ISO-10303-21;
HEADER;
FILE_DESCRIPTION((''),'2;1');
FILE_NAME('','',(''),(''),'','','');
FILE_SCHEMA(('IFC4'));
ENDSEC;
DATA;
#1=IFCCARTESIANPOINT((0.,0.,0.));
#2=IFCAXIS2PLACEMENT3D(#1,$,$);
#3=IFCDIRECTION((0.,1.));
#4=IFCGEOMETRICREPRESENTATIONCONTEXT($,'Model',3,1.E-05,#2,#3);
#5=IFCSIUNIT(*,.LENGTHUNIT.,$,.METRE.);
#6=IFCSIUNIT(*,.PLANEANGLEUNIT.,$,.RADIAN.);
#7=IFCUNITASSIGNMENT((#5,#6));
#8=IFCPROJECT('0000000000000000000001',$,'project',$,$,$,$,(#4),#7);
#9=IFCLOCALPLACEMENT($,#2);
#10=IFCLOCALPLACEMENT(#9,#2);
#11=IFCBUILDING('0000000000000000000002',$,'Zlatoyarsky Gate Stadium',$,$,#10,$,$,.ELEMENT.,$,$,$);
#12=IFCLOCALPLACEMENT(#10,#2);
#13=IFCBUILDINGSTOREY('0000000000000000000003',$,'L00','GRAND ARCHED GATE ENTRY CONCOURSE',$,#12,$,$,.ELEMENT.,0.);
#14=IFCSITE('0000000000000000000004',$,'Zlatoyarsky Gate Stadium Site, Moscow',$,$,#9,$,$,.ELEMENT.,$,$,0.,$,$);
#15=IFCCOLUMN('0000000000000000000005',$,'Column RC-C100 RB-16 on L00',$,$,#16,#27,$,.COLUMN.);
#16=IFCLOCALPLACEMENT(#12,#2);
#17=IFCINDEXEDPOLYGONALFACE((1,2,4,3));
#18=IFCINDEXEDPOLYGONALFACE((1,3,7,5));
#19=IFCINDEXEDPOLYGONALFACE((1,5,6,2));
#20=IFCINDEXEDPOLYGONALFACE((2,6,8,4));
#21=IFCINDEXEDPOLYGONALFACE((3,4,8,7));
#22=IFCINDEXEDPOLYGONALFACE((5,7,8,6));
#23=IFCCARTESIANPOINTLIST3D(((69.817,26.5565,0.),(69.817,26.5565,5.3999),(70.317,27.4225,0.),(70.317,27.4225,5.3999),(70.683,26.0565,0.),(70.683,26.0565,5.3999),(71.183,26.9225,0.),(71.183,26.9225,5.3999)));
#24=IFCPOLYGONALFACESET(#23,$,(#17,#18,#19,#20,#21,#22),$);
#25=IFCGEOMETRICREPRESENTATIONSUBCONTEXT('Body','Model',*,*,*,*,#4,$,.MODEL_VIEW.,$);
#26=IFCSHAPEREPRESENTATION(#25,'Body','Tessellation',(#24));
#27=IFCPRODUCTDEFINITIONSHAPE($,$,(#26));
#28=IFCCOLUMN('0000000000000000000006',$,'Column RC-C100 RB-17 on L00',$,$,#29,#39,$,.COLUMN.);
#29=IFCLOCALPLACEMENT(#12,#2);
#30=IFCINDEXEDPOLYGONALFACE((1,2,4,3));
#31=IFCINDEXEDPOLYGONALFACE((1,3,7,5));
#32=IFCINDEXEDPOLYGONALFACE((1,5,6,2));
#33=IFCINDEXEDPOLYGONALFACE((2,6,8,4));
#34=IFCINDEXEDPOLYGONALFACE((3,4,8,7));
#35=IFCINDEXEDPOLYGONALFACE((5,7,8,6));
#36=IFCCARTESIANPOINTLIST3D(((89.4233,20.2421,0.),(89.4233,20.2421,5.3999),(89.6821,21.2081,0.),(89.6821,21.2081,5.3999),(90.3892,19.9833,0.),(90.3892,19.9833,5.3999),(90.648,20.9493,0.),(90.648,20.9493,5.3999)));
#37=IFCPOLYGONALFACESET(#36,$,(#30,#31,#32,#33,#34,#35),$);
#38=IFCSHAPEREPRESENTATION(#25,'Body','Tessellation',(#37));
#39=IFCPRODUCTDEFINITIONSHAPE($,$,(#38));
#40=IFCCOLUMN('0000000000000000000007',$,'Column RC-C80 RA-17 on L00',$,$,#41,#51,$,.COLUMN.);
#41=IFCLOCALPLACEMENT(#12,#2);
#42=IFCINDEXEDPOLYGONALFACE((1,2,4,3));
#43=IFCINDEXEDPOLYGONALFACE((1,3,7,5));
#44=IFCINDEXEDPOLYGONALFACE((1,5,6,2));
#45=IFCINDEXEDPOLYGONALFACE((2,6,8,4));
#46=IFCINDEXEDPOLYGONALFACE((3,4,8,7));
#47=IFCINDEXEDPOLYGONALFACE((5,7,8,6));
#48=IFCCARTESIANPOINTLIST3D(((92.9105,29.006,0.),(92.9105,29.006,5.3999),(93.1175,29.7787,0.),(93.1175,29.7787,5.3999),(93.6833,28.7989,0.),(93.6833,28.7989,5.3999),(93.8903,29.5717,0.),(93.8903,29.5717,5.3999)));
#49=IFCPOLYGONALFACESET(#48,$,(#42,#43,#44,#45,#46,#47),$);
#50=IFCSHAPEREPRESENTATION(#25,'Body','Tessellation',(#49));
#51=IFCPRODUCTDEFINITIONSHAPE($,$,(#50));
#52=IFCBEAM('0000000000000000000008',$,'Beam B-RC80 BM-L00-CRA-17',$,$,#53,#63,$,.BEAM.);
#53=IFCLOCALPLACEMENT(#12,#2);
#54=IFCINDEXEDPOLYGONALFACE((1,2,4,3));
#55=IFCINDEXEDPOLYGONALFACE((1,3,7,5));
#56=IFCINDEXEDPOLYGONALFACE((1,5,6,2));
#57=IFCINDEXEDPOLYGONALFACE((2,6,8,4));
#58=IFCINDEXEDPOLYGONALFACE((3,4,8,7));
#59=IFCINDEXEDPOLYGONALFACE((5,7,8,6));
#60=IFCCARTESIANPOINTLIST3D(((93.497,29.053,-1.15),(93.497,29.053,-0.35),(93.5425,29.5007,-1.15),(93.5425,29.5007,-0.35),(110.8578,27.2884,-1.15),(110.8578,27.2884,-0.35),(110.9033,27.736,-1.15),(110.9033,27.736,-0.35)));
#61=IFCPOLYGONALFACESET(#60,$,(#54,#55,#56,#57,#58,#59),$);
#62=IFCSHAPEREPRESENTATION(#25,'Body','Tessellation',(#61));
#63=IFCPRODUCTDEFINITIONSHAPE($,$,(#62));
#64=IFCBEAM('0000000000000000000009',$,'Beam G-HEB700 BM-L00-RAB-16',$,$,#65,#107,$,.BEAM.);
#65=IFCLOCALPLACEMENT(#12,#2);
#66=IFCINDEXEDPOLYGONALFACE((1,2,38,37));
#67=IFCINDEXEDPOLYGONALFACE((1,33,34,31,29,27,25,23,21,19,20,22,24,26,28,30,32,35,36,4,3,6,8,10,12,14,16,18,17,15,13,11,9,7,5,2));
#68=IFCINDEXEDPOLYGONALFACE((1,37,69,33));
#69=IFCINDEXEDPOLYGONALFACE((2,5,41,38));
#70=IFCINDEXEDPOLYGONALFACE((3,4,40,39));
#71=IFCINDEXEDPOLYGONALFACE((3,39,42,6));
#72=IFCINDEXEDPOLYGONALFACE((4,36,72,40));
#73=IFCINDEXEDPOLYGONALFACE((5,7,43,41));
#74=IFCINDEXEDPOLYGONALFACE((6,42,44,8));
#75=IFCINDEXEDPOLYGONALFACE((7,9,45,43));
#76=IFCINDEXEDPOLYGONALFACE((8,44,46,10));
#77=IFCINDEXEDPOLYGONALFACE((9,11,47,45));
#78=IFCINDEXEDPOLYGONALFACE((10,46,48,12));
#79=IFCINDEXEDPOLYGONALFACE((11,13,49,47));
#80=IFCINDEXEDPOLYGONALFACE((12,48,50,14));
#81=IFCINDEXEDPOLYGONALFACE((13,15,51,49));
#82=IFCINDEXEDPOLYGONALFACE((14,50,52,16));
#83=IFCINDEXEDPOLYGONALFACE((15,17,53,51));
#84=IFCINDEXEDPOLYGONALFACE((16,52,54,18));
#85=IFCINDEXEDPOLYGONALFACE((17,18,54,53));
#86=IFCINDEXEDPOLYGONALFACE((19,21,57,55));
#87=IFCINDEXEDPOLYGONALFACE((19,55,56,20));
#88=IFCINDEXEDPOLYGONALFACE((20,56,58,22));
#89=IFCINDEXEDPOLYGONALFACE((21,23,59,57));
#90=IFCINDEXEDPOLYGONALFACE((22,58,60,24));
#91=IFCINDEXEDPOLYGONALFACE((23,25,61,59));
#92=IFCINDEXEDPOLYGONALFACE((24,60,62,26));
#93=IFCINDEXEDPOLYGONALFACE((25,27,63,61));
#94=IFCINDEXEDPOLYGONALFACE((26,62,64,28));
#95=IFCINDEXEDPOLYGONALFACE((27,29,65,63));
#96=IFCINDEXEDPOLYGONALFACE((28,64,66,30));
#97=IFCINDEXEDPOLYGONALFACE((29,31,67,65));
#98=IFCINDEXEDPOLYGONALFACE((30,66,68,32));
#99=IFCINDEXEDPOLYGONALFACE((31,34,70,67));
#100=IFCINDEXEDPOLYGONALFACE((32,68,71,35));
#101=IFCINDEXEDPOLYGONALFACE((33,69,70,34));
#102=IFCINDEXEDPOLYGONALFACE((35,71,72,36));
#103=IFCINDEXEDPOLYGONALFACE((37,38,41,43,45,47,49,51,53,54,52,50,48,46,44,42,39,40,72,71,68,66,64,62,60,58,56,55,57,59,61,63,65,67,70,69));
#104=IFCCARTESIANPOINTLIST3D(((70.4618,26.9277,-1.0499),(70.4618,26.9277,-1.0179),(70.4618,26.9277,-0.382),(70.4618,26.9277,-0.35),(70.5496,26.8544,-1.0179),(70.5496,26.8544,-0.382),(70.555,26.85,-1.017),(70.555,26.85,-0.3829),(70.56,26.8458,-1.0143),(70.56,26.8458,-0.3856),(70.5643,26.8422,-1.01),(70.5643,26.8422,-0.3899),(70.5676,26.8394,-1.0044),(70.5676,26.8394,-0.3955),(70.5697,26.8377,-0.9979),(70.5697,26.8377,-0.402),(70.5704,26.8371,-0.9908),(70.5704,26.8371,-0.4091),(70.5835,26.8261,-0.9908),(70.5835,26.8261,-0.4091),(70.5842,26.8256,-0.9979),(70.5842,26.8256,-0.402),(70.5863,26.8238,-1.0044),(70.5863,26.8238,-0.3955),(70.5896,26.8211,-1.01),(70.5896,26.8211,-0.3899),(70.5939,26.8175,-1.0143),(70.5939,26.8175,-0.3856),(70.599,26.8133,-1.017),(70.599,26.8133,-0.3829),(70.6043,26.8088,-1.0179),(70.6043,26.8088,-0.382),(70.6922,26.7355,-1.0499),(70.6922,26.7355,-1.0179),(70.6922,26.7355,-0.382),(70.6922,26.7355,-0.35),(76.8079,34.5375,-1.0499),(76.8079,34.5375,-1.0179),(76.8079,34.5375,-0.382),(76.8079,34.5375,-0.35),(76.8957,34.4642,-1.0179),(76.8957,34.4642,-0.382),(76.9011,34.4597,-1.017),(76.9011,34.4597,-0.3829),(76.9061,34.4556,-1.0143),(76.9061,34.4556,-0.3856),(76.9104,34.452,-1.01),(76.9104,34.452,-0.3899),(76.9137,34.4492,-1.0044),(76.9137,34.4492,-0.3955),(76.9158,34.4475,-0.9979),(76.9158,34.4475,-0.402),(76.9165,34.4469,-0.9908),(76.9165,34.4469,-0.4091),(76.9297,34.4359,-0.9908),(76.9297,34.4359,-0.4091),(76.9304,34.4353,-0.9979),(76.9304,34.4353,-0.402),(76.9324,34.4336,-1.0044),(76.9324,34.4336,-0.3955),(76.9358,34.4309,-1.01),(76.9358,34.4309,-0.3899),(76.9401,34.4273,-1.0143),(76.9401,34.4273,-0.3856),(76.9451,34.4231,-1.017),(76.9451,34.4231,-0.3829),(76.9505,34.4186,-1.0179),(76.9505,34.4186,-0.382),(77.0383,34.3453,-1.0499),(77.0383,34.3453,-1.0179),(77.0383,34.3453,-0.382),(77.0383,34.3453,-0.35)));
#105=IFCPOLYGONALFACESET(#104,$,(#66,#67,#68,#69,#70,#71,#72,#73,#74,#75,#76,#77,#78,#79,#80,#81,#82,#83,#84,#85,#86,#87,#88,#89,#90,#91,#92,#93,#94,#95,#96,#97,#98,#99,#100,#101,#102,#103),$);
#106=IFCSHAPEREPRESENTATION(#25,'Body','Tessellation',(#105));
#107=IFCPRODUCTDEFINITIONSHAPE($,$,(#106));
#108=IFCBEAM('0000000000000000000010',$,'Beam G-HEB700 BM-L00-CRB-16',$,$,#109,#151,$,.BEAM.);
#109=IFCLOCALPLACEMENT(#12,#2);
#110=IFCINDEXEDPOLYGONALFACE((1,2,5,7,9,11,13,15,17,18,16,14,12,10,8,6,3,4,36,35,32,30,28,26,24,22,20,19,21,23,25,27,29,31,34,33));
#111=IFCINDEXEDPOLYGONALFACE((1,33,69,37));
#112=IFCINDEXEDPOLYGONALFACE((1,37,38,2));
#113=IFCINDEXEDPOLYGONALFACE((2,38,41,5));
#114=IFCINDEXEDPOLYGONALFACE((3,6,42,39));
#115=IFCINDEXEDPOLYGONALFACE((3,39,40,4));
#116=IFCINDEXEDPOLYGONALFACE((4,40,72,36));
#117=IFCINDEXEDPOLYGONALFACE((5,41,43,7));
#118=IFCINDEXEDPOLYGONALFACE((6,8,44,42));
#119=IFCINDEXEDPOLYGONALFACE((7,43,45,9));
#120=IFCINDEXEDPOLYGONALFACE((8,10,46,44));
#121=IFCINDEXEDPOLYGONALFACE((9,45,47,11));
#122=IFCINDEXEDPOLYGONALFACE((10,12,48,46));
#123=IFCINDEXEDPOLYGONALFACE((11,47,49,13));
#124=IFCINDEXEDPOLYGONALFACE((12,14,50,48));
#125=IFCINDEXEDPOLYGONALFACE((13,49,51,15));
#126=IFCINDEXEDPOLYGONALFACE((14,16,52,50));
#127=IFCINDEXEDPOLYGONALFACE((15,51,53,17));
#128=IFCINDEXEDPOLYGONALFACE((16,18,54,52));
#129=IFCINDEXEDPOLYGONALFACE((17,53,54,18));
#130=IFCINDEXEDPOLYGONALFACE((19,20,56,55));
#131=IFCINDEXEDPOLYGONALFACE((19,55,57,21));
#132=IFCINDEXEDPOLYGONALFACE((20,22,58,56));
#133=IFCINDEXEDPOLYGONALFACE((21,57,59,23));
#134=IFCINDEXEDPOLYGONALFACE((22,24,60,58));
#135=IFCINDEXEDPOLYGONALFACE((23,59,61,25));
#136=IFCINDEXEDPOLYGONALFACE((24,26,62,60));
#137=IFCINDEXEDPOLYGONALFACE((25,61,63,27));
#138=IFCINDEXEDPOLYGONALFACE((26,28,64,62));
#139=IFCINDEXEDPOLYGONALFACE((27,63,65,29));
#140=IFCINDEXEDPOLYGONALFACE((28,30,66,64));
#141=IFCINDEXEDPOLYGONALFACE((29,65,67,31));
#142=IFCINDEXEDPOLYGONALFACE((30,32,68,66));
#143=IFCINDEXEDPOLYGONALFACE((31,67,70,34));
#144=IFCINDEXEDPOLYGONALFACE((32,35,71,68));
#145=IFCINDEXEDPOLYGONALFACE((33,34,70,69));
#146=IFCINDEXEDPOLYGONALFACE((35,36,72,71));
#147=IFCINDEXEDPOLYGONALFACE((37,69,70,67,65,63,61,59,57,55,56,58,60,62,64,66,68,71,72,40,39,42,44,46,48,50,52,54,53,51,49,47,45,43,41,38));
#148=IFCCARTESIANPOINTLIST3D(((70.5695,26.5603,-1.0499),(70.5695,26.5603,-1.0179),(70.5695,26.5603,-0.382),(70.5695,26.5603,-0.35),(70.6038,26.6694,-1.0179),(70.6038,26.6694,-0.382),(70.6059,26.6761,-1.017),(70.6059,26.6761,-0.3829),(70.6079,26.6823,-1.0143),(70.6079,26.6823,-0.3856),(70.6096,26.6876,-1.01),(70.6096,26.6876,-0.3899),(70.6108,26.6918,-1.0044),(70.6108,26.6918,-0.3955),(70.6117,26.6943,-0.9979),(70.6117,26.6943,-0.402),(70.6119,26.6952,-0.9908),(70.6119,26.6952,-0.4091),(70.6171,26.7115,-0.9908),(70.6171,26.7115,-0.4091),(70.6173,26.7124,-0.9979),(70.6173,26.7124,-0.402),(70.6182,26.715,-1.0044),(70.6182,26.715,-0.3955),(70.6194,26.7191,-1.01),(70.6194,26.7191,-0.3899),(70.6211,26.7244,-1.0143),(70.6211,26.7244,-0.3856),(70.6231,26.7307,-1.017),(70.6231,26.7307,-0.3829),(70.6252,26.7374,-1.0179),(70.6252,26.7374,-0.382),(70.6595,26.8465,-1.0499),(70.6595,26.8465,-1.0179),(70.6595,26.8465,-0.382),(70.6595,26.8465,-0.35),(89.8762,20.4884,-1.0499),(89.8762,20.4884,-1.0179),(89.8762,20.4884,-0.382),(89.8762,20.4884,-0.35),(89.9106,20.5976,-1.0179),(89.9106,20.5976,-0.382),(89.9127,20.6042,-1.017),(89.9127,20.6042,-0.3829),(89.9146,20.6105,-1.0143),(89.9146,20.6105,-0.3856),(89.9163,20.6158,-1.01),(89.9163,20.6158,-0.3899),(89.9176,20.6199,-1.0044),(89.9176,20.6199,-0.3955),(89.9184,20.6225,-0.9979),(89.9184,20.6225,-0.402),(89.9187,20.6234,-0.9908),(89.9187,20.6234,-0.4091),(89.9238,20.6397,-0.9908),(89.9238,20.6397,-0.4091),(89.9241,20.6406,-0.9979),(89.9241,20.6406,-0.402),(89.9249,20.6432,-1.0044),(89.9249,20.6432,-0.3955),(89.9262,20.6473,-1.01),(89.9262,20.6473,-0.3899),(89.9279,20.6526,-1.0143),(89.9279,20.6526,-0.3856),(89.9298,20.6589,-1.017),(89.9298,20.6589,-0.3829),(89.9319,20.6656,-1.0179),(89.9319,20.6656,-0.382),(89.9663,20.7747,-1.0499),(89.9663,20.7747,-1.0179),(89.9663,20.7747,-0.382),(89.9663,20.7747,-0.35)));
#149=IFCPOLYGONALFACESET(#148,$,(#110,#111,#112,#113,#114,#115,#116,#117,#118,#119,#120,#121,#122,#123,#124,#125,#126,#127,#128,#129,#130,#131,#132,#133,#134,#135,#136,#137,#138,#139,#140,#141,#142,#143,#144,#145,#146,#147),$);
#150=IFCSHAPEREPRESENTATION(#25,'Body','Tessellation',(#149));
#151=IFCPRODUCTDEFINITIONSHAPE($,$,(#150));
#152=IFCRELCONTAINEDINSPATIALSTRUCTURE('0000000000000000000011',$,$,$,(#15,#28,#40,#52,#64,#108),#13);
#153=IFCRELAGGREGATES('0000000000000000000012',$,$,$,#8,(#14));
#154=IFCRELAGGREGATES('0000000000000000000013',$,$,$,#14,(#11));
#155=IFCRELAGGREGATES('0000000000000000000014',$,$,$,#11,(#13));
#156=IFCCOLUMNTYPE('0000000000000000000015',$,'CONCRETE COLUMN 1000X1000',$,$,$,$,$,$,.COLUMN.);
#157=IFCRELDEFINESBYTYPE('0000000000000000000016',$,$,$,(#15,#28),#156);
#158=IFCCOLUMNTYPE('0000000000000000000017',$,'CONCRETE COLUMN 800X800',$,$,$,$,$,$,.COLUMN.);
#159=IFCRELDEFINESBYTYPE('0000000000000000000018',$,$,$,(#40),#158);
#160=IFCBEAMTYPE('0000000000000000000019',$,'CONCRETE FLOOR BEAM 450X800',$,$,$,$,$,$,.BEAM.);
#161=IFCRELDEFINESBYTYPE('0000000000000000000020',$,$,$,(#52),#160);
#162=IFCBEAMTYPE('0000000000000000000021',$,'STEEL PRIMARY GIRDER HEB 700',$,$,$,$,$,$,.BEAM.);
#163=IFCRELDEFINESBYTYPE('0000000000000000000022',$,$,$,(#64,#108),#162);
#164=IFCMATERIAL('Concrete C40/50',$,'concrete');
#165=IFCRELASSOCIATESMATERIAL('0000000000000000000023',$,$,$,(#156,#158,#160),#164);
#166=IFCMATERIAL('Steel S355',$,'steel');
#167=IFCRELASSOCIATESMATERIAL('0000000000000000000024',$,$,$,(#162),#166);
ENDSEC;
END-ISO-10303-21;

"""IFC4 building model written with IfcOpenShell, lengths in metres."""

from ifc_helpers import new_model, si_unit, direction, frame, origin, origin_2d, place, context, subcontext, project, spatial, rectangle, i_section, extrude, material, material_profile, profile_set, type_object, element, save


model = new_model("IFC4")

# Units and contexts
model_context = context("Model", 3, precision=1e-05, world=origin(), true_north=direction((0.0, 1.0)))
body_context = subcontext(model_context, "Body", "Model", "MODEL_VIEW")
ifc_project = project(units=[si_unit("LENGTHUNIT", "METRE"), si_unit("PLANEANGLEUNIT", "RADIAN")], contexts=[model_context])

# Site, building, storey
site_placement = place(None, origin())
site = spatial("IfcSite", under=ifc_project, at=site_placement, Name="Zlatoyarsky Gate Stadium Site, Moscow", CompositionType="ELEMENT", RefElevation=0.0)
building_placement = place(site_placement, origin())
building = spatial("IfcBuilding", under=site, at=building_placement, Name="Zlatoyarsky Gate Stadium", CompositionType="ELEMENT")
storey_placement = place(building_placement, origin())
storey = spatial("IfcBuildingStorey", under=building, at=storey_placement, Name="L00", Description="GRAND ARCHED GATE ENTRY CONCOURSE", CompositionType="ELEMENT", Elevation=0.0)

# Columns
ifc_material_1 = material(Name="Concrete C40/50", Category="concrete")
ifc_material_profile_1 = material_profile(ifc_material_1, rectangle(XDim=1.0, YDim=1.0, at=origin_2d()), Name="RC COL 1000X1000")
ifc_profile_set_1 = profile_set([ifc_material_profile_1], Name="Concrete C40/50")
column_type_1 = type_object("IfcColumnType", Name="CONCRETE COLUMN 1000X1000", PredefinedType="COLUMN", material=ifc_profile_set_1)
for number, where, z_axis, x_axis, name in (
    (1, (70.5, 26.7395, 0.0), (0.0, 0.0, 1.0), (-0.5, -0.866025, 0.0), "Column RC-C100 RB-16 on L00"),
    (2, (90.0356, 20.5957, 0.0), (0.0, 0.0, 1.0), (-0.258819, -0.965926, 0.0), "Column RC-C100 RB-17 on L00"),
):
    element("IfcColumn", number, at=place(storey_placement, frame(where, z_axis=z_axis, x_axis=x_axis)), inside=storey, type_object=column_type_1, Name=name, PredefinedType="COLUMN", context=body_context, shape_type="SweptSolid", body=[
        extrude(rectangle(XDim=1.0, YDim=1.0, at=origin_2d()), origin(), (0.0, 0.0, 1.0), 5.3999),
    ])
ifc_material_profile_2 = material_profile(ifc_material_1, rectangle(XDim=0.8, YDim=0.8, at=origin_2d()), Name="RC COL 800X800")
ifc_profile_set_2 = profile_set([ifc_material_profile_2], Name="Concrete C40/50")
column_type_2 = type_object("IfcColumnType", Name="CONCRETE COLUMN 800X800", PredefinedType="COLUMN", material=ifc_profile_set_2)
column_placement = place(storey_placement, frame((93.4004, 29.2888, 0.0), z_axis=(0.0, 0.0, 1.0), x_axis=(-0.258819, -0.965926, 0.0)))
element("IfcColumn", 3, at=column_placement, inside=storey, type_object=column_type_2, Name="Column RC-C80 RA-17 on L00", PredefinedType="COLUMN", context=body_context, shape_type="SweptSolid", body=[
    extrude(rectangle(XDim=0.8, YDim=0.8, at=origin_2d()), origin(), (0.0, 0.0, 1.0), 5.3999),
])

# Beams
ifc_material_profile_3 = material_profile(ifc_material_1, rectangle(XDim=0.45, YDim=0.8, at=origin_2d()), Name="RC BEAM 450X800")
ifc_profile_set_3 = profile_set([ifc_material_profile_3], Name="Concrete C40/50")
beam_type_1 = type_object("IfcBeamType", Name="CONCRETE FLOOR BEAM 450X800", PredefinedType="BEAM", material=ifc_profile_set_3)
beam_1_placement = place(storey_placement, frame((93.5198, 29.2769, -0.75), z_axis=(0.994874, -0.101124, 0.0), x_axis=(0.101124, 0.994874, 0.0)))
element("IfcBeam", 4, at=beam_1_placement, inside=storey, type_object=beam_type_1, Name="Beam B-RC80 BM-L00-CRA-17", PredefinedType="BEAM", context=body_context, shape_type="SweptSolid", body=[
    extrude(rectangle(XDim=0.45, YDim=0.8, at=origin_2d()), origin(), (0.0, 0.0, 1.0), 17.4502),
])
ifc_material_2 = material(Name="Steel S355", Category="steel")
ifc_material_profile_4 = material_profile(ifc_material_2, i_section(OverallWidth=0.3, OverallDepth=0.7, WebThickness=0.0171, FlangeThickness=0.032, FilletRadius=0.0271, at=origin_2d()), Name="HEB 700")
ifc_profile_set_4 = profile_set([ifc_material_profile_4], Name="Steel S355")
beam_type_2 = type_object("IfcBeamType", Name="STEEL PRIMARY GIRDER HEB 700", PredefinedType="BEAM", material=ifc_profile_set_4)
beam_2_placement = place(storey_placement, frame((76.9231, 34.4414, -0.7), z_axis=(-0.640461, -0.767991, 0.0), x_axis=(0.767991, -0.640461, 0.0)))
element("IfcBeam", 5, at=beam_2_placement, inside=storey, type_object=beam_type_2, Name="Beam G-HEB700 BM-L00-RAB-16", PredefinedType="BEAM", context=body_context, shape_type="SweptSolid", body=[
    extrude(i_section(OverallWidth=0.3, OverallDepth=0.7, WebThickness=0.0171, FlangeThickness=0.032, FilletRadius=0.0271, at=origin_2d()), origin(), (0.0, 0.0, 1.0), 9.9087),
])
beam_3_placement = place(storey_placement, frame((70.6145, 26.7034, -0.7), z_axis=(0.953938, -0.300005, 0.0), x_axis=(0.300005, 0.953938, 0.0)))
element("IfcBeam", 6, at=beam_3_placement, inside=storey, type_object=beam_type_2, Name="Beam G-HEB700 BM-L00-CRB-16", PredefinedType="BEAM", context=body_context, shape_type="SweptSolid", body=[
    extrude(i_section(OverallWidth=0.3, OverallDepth=0.7, WebThickness=0.0171, FlangeThickness=0.032, FilletRadius=0.0271, at=origin_2d()), origin(), (0.0, 0.0, 1.0), 20.239),
])

save(model, "model.ifc")
